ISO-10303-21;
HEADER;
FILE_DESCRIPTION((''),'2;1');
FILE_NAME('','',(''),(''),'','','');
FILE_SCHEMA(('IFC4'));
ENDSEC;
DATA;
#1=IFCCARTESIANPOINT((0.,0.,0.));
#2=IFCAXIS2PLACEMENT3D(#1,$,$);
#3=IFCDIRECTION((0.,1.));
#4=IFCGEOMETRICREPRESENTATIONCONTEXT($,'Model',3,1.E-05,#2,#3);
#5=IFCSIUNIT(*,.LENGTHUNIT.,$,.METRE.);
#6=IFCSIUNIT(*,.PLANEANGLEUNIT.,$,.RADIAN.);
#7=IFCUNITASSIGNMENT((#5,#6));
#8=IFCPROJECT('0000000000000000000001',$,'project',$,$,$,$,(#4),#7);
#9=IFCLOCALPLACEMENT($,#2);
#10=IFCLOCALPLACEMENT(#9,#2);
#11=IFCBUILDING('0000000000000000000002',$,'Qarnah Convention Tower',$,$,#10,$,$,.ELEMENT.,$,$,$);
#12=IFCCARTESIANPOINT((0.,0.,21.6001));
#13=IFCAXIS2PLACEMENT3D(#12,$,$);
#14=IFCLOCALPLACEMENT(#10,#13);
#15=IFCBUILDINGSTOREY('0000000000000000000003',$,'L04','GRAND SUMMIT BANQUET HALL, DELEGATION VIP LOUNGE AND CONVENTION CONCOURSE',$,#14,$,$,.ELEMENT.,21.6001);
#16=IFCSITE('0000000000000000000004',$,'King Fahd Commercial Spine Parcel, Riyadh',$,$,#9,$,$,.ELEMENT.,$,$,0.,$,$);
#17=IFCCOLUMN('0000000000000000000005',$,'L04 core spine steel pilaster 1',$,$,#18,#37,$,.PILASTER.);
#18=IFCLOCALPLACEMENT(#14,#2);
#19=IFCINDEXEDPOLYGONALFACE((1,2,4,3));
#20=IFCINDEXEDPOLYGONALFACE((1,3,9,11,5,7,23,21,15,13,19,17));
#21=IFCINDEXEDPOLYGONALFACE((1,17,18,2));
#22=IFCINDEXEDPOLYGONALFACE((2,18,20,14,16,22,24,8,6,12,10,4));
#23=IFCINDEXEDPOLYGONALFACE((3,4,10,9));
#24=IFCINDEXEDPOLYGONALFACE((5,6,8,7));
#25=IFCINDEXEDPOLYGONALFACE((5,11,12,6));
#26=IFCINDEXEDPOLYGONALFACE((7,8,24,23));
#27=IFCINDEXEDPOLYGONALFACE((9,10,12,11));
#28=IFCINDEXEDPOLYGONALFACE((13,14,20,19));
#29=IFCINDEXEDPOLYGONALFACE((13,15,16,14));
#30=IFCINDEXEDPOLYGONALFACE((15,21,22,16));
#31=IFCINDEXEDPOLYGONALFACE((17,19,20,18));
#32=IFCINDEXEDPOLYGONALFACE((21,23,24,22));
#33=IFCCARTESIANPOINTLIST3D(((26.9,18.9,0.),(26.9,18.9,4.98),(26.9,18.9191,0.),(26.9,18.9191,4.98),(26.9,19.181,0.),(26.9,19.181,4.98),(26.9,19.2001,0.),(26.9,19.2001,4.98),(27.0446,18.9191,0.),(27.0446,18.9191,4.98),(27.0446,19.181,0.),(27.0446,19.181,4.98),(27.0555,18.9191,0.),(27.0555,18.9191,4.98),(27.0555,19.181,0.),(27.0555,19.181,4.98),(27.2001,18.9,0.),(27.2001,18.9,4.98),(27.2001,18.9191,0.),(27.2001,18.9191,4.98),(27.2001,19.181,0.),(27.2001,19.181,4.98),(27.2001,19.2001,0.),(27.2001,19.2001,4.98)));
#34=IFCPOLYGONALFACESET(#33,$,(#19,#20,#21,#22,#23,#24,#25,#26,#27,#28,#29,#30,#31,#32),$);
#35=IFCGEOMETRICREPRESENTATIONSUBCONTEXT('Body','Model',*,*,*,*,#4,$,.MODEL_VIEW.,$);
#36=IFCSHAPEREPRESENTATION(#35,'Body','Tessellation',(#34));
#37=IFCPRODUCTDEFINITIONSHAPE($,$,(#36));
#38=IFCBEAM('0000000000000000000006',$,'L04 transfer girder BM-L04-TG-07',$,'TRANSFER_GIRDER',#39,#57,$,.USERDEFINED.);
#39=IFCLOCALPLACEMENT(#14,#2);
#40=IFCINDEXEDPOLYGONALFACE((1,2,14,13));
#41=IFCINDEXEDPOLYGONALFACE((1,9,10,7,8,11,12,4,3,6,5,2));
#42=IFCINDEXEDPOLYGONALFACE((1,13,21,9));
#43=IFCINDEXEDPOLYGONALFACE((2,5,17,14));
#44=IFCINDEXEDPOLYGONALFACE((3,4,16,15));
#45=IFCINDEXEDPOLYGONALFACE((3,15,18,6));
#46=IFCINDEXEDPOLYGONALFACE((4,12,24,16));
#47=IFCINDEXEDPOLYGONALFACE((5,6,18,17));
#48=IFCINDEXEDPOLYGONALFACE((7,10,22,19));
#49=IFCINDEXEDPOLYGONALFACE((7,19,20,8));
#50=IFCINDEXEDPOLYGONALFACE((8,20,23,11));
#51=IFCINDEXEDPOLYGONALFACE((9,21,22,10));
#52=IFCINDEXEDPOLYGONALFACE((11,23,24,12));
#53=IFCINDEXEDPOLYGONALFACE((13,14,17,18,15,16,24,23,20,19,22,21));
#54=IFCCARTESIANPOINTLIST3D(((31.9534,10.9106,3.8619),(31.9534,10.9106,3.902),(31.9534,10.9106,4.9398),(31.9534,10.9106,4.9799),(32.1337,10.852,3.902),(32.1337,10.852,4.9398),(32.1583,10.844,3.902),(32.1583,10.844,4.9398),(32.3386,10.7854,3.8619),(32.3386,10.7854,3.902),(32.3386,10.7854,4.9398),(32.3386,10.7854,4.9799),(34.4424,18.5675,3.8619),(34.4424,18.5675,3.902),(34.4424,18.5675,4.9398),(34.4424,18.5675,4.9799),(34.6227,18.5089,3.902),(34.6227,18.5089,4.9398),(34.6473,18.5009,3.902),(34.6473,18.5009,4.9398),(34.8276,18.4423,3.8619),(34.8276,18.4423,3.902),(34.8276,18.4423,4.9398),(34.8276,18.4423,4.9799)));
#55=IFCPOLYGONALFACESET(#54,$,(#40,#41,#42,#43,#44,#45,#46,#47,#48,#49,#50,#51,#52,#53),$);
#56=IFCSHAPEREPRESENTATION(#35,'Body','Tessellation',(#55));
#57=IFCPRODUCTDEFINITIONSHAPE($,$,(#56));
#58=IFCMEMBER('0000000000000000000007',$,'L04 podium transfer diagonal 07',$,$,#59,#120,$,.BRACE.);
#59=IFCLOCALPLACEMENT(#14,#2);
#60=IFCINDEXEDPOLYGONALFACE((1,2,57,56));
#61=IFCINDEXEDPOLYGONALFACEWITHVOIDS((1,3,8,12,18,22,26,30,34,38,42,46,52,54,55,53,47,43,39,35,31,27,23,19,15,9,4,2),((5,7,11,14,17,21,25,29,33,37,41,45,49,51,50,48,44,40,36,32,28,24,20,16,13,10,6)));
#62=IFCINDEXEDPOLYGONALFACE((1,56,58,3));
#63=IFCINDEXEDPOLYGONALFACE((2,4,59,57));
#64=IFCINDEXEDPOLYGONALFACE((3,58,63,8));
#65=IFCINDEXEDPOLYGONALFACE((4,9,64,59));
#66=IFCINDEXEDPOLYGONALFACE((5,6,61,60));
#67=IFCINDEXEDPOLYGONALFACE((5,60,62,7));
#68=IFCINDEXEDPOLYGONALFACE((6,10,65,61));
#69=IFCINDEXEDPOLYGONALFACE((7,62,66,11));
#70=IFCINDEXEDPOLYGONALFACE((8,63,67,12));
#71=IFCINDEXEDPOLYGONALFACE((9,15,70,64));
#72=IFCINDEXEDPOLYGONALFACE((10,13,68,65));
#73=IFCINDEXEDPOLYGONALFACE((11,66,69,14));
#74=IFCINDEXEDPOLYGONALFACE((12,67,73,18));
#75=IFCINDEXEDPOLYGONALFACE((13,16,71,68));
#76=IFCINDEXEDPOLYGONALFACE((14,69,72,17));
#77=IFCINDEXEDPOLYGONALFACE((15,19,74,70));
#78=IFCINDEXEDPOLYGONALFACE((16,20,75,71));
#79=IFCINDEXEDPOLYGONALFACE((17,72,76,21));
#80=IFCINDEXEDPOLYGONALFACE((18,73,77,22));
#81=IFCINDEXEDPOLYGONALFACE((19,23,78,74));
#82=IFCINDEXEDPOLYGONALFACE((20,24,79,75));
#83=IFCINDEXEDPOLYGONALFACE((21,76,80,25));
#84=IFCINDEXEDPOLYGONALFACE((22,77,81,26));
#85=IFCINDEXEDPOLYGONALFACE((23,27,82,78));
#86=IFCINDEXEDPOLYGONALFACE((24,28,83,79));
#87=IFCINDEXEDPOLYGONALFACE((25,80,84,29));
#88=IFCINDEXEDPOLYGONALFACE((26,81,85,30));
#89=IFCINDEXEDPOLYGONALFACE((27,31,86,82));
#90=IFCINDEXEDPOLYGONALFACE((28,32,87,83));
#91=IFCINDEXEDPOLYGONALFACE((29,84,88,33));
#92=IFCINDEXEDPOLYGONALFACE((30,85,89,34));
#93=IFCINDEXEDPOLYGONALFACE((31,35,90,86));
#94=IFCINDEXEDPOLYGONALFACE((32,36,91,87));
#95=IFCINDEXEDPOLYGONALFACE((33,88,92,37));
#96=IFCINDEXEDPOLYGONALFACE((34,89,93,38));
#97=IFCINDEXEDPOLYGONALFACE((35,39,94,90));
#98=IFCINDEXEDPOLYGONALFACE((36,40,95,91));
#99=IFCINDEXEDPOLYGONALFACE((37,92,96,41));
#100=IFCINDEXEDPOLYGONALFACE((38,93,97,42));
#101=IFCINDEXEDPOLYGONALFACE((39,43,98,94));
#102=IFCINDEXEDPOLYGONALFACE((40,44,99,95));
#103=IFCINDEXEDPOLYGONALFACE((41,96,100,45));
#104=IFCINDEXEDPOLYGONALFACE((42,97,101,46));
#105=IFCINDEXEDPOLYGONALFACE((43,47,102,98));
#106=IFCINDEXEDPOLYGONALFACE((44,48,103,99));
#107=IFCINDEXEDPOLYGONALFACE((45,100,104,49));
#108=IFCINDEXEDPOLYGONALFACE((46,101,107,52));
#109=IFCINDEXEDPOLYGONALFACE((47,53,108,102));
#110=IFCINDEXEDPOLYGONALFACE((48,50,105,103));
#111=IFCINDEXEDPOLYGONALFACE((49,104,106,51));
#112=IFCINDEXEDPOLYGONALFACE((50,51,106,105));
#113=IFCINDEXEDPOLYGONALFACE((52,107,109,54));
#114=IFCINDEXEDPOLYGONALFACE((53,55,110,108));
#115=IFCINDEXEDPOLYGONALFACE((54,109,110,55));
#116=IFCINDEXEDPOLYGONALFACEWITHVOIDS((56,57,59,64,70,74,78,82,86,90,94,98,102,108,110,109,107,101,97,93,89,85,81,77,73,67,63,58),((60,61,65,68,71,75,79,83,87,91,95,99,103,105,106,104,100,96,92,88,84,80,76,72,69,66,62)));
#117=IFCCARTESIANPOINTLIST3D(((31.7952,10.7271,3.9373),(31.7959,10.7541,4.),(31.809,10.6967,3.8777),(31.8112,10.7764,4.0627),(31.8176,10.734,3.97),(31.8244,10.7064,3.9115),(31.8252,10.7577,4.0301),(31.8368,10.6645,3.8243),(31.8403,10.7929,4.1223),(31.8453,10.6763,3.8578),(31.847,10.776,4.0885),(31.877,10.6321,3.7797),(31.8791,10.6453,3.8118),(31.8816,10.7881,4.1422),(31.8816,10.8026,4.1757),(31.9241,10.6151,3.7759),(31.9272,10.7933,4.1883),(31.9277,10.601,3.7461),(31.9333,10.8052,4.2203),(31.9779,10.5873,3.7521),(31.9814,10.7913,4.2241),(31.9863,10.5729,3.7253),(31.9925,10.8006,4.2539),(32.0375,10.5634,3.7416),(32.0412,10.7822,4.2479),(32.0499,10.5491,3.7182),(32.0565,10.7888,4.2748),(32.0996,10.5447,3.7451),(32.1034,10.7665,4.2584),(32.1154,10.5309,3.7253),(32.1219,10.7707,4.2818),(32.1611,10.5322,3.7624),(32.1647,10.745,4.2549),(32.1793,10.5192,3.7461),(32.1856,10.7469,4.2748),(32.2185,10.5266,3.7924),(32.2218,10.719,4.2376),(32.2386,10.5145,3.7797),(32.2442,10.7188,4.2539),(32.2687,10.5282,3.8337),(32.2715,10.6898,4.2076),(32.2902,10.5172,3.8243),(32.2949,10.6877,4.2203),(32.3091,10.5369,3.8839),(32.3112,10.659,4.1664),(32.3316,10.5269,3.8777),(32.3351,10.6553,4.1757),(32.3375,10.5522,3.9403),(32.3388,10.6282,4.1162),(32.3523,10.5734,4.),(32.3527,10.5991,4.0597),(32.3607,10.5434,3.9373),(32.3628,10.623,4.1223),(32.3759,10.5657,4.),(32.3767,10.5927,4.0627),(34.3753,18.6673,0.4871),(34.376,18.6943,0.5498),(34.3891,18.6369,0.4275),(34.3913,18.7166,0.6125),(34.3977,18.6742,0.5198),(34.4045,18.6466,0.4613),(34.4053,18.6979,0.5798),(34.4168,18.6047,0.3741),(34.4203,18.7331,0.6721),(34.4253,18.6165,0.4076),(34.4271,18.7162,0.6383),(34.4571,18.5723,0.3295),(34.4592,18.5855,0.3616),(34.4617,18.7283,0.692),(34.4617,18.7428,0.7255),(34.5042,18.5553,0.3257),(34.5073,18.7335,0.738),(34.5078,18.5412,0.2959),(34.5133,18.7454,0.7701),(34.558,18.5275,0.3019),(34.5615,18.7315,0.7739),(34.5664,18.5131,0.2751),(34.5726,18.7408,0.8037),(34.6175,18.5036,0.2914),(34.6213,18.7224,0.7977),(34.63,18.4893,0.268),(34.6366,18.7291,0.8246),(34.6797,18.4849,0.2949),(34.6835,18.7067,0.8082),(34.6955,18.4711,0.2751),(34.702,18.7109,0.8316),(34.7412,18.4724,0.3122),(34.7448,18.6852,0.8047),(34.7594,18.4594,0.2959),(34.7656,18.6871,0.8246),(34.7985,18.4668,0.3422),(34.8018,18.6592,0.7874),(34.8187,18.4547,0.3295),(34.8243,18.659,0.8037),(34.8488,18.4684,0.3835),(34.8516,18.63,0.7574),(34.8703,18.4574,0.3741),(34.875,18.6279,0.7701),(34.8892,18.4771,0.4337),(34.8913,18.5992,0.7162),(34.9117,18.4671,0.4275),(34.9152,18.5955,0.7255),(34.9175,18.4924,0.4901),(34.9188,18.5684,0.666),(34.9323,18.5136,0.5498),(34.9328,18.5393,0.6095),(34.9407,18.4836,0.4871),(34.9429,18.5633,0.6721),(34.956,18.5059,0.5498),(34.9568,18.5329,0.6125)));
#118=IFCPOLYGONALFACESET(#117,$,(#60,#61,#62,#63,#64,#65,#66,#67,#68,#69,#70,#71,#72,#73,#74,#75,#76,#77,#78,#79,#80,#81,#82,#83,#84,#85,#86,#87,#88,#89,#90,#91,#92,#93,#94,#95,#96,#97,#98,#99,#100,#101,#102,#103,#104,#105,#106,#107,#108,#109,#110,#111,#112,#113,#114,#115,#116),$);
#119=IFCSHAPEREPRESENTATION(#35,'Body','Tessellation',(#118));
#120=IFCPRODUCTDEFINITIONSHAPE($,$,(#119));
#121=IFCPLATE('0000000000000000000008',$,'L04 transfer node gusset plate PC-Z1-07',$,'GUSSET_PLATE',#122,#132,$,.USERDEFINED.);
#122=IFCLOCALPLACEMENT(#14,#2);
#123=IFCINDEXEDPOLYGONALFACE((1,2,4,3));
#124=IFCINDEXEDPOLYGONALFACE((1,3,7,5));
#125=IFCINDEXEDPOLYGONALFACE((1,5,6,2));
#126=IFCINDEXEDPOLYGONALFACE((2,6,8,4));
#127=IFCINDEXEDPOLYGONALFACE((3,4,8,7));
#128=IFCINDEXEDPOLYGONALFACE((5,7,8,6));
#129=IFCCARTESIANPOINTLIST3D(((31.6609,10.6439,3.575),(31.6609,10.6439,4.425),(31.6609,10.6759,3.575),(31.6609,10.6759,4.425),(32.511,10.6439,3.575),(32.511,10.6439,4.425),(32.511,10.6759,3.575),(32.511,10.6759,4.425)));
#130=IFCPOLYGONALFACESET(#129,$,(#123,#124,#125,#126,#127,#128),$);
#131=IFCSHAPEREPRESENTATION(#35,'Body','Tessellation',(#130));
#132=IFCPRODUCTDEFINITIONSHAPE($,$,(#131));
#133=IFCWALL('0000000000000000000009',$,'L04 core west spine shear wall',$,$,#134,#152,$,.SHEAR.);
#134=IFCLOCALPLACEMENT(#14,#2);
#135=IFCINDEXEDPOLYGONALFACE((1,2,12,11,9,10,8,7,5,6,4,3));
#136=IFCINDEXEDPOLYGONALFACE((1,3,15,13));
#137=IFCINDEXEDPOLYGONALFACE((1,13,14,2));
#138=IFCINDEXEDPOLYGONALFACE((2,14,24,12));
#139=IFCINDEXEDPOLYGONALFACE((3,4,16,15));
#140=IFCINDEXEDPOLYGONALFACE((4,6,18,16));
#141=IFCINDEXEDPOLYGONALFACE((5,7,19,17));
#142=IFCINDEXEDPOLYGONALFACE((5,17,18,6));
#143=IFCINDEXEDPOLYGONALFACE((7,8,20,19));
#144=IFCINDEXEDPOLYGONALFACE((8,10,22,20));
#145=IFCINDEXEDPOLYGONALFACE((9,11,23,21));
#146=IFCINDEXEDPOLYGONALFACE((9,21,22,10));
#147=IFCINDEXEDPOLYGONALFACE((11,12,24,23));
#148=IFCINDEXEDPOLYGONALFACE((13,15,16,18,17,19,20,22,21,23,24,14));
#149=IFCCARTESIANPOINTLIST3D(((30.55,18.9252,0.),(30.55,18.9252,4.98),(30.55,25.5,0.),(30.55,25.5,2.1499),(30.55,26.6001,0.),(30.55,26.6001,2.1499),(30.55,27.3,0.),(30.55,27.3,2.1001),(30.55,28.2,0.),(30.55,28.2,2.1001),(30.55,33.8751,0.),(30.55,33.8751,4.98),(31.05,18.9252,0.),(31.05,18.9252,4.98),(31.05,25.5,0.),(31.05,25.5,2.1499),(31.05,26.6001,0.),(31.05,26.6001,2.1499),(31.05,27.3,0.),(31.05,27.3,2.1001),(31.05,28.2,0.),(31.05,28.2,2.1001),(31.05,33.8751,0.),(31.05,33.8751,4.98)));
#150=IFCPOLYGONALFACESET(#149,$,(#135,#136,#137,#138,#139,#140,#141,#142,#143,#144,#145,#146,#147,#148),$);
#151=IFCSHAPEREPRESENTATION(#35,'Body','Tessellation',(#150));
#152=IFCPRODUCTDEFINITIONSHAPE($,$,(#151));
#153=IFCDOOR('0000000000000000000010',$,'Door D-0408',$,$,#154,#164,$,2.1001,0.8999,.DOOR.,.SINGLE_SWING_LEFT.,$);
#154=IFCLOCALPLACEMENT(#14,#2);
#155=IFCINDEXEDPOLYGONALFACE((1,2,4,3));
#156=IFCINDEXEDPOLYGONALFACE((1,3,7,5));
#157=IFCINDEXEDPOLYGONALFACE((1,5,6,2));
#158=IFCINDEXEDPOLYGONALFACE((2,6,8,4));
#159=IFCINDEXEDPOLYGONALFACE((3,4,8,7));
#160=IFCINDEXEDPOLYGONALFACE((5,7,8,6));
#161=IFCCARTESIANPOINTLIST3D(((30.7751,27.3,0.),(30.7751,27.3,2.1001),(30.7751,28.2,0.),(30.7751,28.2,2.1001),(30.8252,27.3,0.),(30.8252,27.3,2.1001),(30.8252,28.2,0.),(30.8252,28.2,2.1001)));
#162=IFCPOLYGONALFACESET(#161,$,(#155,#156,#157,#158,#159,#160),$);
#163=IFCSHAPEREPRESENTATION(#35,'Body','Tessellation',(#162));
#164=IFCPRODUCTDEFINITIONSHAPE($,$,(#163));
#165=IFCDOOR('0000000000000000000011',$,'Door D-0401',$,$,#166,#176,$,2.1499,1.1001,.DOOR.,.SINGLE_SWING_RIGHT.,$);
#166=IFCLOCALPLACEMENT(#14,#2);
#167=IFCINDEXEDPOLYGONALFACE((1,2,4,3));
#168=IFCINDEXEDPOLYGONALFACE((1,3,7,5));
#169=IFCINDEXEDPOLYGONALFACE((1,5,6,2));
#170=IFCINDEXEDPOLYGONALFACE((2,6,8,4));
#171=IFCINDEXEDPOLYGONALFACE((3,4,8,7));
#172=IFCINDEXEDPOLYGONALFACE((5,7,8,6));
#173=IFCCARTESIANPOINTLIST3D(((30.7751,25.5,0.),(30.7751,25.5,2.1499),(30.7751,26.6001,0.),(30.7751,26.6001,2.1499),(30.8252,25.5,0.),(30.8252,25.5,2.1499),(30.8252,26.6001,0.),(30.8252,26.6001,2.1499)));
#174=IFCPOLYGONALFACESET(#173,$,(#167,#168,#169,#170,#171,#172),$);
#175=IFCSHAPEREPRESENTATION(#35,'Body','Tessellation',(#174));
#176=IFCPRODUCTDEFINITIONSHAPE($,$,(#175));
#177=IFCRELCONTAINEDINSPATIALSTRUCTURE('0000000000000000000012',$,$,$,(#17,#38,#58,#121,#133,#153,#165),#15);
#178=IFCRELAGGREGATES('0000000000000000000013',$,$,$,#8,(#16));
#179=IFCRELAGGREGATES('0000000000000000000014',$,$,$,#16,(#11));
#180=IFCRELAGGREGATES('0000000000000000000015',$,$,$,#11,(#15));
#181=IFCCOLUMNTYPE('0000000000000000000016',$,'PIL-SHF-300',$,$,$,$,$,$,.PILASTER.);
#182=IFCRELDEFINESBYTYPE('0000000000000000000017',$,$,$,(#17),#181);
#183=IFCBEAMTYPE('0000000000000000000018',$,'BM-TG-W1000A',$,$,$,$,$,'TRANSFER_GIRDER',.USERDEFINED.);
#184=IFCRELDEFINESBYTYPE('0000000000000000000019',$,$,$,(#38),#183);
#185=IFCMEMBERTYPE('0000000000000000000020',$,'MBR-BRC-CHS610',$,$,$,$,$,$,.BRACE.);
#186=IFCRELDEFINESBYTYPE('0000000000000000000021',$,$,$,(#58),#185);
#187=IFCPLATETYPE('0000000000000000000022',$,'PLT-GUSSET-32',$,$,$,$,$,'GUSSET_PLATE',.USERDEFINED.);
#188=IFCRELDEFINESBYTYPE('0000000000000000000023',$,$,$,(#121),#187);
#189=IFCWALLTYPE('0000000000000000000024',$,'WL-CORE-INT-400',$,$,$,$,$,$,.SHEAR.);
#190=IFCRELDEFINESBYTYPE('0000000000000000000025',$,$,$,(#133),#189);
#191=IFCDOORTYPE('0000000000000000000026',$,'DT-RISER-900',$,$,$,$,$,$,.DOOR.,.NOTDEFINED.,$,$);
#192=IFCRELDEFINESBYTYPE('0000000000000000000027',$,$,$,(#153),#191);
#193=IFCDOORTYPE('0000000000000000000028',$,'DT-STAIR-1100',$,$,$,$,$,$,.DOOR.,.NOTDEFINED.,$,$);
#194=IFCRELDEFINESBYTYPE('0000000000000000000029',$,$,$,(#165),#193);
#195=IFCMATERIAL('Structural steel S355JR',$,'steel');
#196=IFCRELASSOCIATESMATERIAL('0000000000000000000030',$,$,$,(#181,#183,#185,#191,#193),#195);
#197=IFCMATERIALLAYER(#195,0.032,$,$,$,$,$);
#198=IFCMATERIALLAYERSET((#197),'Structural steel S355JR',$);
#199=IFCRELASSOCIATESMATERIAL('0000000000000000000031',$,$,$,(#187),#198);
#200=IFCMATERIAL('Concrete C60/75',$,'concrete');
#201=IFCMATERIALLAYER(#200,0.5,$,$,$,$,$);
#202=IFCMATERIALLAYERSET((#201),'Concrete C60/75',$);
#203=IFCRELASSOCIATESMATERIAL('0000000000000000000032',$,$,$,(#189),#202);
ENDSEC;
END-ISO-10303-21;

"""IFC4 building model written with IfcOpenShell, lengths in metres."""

from ifc_helpers import new_model, si_unit, direction, frame, frame_2d, origin, origin_2d, place, context, subcontext, project, spatial, rectangle, hollow_circle, i_section, extrude, material, layer, layer_set, material_profile, profile_set, type_object, element, fill, save


model = new_model("IFC4")

# Units and contexts
model_context = context("Model", 3, precision=1e-05, world=origin(), true_north=direction((0.0, 1.0)))
body_context = subcontext(model_context, "Body", "Model", "MODEL_VIEW")
ifc_project = project(units=[si_unit("LENGTHUNIT", "METRE"), si_unit("PLANEANGLEUNIT", "RADIAN")], contexts=[model_context])

# Site, building, storey
site_placement = place(None, origin())
site = spatial("IfcSite", under=ifc_project, at=site_placement, Name="King Fahd Commercial Spine Parcel, Riyadh", CompositionType="ELEMENT", RefElevation=0.0)
building_placement = place(site_placement, origin())
building = spatial("IfcBuilding", under=site, at=building_placement, Name="Qarnah Convention Tower", CompositionType="ELEMENT")
storey_placement = place(building_placement, frame((0.0, 0.0, 21.6001)))
storey = spatial("IfcBuildingStorey", under=building, at=storey_placement, Name="L04", Description="GRAND SUMMIT BANQUET HALL, DELEGATION VIP LOUNGE AND CONVENTION CONCOURSE", CompositionType="ELEMENT", Elevation=21.6001)

# Column
ifc_material_1 = material(Name="Structural steel S355JR", Category="steel")
ifc_material_profile_1 = material_profile(ifc_material_1, i_section(OverallWidth=0.3, OverallDepth=0.3, WebThickness=0.011, FlangeThickness=0.019, at=origin_2d()), Name="HEB300")
ifc_profile_set_1 = profile_set([ifc_material_profile_1], Name="Structural steel S355JR")
column_type = type_object("IfcColumnType", Name="PIL-SHF-300", PredefinedType="PILASTER", material=ifc_profile_set_1)
column_placement = place(storey_placement, frame((27.05, 19.05, 0.0), z_axis=(0.0, 0.0, 1.0), x_axis=(1.0, 0.0, 0.0)))
element("IfcColumn", 1, at=column_placement, inside=storey, type_object=column_type, Name="L04 core spine steel pilaster 1", PredefinedType="PILASTER", context=body_context, shape_type="SweptSolid", body=[
    extrude(i_section(OverallWidth=0.3, OverallDepth=0.3, WebThickness=0.011, FlangeThickness=0.019, at=origin_2d()), origin(), (0.0, 0.0, 1.0), 4.98),
])

# Beam
ifc_material_profile_2 = material_profile(ifc_material_1, i_section(OverallWidth=0.405, OverallDepth=1.1179, WebThickness=0.0259, FlangeThickness=0.04, at=origin_2d()), Name="W1100X499")
ifc_profile_set_2 = profile_set([ifc_material_profile_2], Name="Structural steel S355JR")
beam_type = type_object("IfcBeamType", Name="BM-TG-W1000A", ElementType="TRANSFER_GIRDER", PredefinedType="USERDEFINED", material=ifc_profile_set_2)
beam_placement = place(storey_placement, frame((34.635, 18.5049, 4.4209), z_axis=(-0.309142, -0.951016, 0.0), x_axis=(0.951016, -0.309142, 0.0)))
element("IfcBeam", 2, at=beam_placement, inside=storey, type_object=beam_type, Name="L04 transfer girder BM-L04-TG-07", ObjectType="TRANSFER_GIRDER", PredefinedType="USERDEFINED", context=body_context, shape_type="SweptSolid", body=[
    extrude(i_section(OverallWidth=0.405, OverallDepth=1.1179, WebThickness=0.0259, FlangeThickness=0.04, at=origin_2d()), origin(), (0.0, 0.0, 1.0), 8.0513),
])

# Member
ifc_material_profile_3 = material_profile(ifc_material_1, hollow_circle(Radius=0.3049, WallThickness=0.0249, at=origin_2d()), Name="CHS610X25")
ifc_profile_set_3 = profile_set([ifc_material_profile_3], Name="Structural steel S355JR")
member_type = type_object("IfcMemberType", Name="MBR-BRC-CHS610", PredefinedType="BRACE", material=ifc_profile_set_3)
member_placement = place(storey_placement, frame((34.666, 18.6001, 0.5498), z_axis=(-0.285607, -0.878955, 0.381926), x_axis=(0.951051, -0.309034, 0.0)))
element("IfcMember", 3, at=member_placement, inside=storey, type_object=member_type, Name="L04 podium transfer diagonal 07", PredefinedType="BRACE", context=body_context, shape_type="SweptSolid", body=[
    extrude(hollow_circle(Radius=0.3049, WallThickness=0.0249, at=origin_2d()), origin(), (0.0, 0.0, 1.0), 9.0337),
])

# Plate
ifc_layer_1 = layer(ifc_material_1, 0.032)
ifc_layer_set_1 = layer_set([ifc_layer_1], Name="Structural steel S355JR")
plate_type = type_object("IfcPlateType", Name="PLT-GUSSET-32", ElementType="GUSSET_PLATE", PredefinedType="USERDEFINED", material=ifc_layer_set_1)
plate_placement = place(storey_placement, frame((32.0859, 10.6599, 3.575), z_axis=(0.0, 0.0, 1.0), x_axis=(1.0, 0.0, 0.0)))
element("IfcPlate", 4, at=plate_placement, inside=storey, type_object=plate_type, Name="L04 transfer node gusset plate PC-Z1-07", ObjectType="GUSSET_PLATE", PredefinedType="USERDEFINED", context=body_context, shape_type="SweptSolid", body=[
    extrude(rectangle(XDim=0.8501, YDim=0.032, at=origin_2d()), origin(), (0.0, 0.0, 1.0), 0.8501),
])

# Wall, openings, doors
ifc_material_2 = material(Name="Concrete C60/75", Category="concrete")
ifc_layer_2 = layer(ifc_material_2, 0.5)
ifc_layer_set_2 = layer_set([ifc_layer_2], Name="Concrete C60/75")
wall_type_1 = type_object("IfcWallType", Name="WL-CORE-INT-400", PredefinedType="SHEAR", material=ifc_layer_set_2)
wall_1_placement = place(storey_placement, frame((30.8, 18.925, 0.0), z_axis=(0.0, 0.0, 1.0), x_axis=(0.0, 1.0, 0.0)))
wall_1 = element("IfcWall", 5, at=wall_1_placement, inside=storey, type_object=wall_type_1, Name="L04 core west spine shear wall", PredefinedType="SHEAR", context=body_context, shape_type="SweptSolid", body=[
    extrude(rectangle(XDim=14.95, YDim=0.5, at=frame_2d((7.4751, 0.0))), origin(), (0.0, 0.0, 1.0), 4.98),
])
opening_1_placement = place(wall_1_placement, frame((6.575, 0.0, 0.0)))
opening_1 = element("IfcOpeningElement", 6, at=opening_1_placement, cuts=wall_1, PredefinedType="OPENING", context=body_context, shape_type="SweptSolid", body=[
    extrude(rectangle(XDim=1.1001, YDim=2.1499, at=frame_2d((0.55, 1.075))), frame((0.0, 0.26, 0.0), z_axis=(0.0, -1.0, 0.0), x_axis=(1.0, 0.0, 0.0)), (0.0, 0.0, 1.0), 0.52),
])
opening_2_placement = place(wall_1_placement, frame((8.375, 0.0, 0.0)))
opening_2 = element("IfcOpeningElement", 7, at=opening_2_placement, cuts=wall_1, PredefinedType="OPENING", context=body_context, shape_type="SweptSolid", body=[
    extrude(rectangle(XDim=0.8999, YDim=2.1001, at=frame_2d((0.45, 1.05))), frame((0.0, 0.26, 0.0), z_axis=(0.0, -1.0, 0.0), x_axis=(1.0, 0.0, 0.0)), (0.0, 0.0, 1.0), 0.52),
])
door_type_1 = type_object("IfcDoorType", Name="DT-RISER-900", OperationType="NOTDEFINED", PredefinedType="DOOR", material=ifc_material_1)
door_1_placement = place(opening_2_placement, origin())
door_1 = element("IfcDoor", 8, at=door_1_placement, inside=storey, type_object=door_type_1, Name="Door D-0408", OperationType="SINGLE_SWING_LEFT", OverallHeight=2.1001, OverallWidth=0.8999, PredefinedType="DOOR", context=body_context, shape_type="SweptSolid", body=[
    extrude(rectangle(XDim=0.8999, YDim=2.1001, at=frame_2d((0.45, 1.05))), frame((0.0, 0.0249, 0.0), z_axis=(0.0, -1.0, 0.0), x_axis=(1.0, 0.0, 0.0)), (0.0, 0.0, 1.0), 0.05),
])
fill(opening_2, door_1)
door_type_2 = type_object("IfcDoorType", Name="DT-STAIR-1100", OperationType="NOTDEFINED", PredefinedType="DOOR", material=ifc_material_1)
door_2_placement = place(opening_1_placement, origin())
door_2 = element("IfcDoor", 9, at=door_2_placement, inside=storey, type_object=door_type_2, Name="Door D-0401", OperationType="SINGLE_SWING_RIGHT", OverallHeight=2.1499, OverallWidth=1.1001, PredefinedType="DOOR", context=body_context, shape_type="SweptSolid", body=[
    extrude(rectangle(XDim=1.1001, YDim=2.1499, at=frame_2d((0.55, 1.075))), frame((0.0, 0.0249, 0.0), z_axis=(0.0, -1.0, 0.0), x_axis=(1.0, 0.0, 0.0)), (0.0, 0.0, 1.0), 0.05),
])
fill(opening_1, door_2)

save(model, "model.ifc")
